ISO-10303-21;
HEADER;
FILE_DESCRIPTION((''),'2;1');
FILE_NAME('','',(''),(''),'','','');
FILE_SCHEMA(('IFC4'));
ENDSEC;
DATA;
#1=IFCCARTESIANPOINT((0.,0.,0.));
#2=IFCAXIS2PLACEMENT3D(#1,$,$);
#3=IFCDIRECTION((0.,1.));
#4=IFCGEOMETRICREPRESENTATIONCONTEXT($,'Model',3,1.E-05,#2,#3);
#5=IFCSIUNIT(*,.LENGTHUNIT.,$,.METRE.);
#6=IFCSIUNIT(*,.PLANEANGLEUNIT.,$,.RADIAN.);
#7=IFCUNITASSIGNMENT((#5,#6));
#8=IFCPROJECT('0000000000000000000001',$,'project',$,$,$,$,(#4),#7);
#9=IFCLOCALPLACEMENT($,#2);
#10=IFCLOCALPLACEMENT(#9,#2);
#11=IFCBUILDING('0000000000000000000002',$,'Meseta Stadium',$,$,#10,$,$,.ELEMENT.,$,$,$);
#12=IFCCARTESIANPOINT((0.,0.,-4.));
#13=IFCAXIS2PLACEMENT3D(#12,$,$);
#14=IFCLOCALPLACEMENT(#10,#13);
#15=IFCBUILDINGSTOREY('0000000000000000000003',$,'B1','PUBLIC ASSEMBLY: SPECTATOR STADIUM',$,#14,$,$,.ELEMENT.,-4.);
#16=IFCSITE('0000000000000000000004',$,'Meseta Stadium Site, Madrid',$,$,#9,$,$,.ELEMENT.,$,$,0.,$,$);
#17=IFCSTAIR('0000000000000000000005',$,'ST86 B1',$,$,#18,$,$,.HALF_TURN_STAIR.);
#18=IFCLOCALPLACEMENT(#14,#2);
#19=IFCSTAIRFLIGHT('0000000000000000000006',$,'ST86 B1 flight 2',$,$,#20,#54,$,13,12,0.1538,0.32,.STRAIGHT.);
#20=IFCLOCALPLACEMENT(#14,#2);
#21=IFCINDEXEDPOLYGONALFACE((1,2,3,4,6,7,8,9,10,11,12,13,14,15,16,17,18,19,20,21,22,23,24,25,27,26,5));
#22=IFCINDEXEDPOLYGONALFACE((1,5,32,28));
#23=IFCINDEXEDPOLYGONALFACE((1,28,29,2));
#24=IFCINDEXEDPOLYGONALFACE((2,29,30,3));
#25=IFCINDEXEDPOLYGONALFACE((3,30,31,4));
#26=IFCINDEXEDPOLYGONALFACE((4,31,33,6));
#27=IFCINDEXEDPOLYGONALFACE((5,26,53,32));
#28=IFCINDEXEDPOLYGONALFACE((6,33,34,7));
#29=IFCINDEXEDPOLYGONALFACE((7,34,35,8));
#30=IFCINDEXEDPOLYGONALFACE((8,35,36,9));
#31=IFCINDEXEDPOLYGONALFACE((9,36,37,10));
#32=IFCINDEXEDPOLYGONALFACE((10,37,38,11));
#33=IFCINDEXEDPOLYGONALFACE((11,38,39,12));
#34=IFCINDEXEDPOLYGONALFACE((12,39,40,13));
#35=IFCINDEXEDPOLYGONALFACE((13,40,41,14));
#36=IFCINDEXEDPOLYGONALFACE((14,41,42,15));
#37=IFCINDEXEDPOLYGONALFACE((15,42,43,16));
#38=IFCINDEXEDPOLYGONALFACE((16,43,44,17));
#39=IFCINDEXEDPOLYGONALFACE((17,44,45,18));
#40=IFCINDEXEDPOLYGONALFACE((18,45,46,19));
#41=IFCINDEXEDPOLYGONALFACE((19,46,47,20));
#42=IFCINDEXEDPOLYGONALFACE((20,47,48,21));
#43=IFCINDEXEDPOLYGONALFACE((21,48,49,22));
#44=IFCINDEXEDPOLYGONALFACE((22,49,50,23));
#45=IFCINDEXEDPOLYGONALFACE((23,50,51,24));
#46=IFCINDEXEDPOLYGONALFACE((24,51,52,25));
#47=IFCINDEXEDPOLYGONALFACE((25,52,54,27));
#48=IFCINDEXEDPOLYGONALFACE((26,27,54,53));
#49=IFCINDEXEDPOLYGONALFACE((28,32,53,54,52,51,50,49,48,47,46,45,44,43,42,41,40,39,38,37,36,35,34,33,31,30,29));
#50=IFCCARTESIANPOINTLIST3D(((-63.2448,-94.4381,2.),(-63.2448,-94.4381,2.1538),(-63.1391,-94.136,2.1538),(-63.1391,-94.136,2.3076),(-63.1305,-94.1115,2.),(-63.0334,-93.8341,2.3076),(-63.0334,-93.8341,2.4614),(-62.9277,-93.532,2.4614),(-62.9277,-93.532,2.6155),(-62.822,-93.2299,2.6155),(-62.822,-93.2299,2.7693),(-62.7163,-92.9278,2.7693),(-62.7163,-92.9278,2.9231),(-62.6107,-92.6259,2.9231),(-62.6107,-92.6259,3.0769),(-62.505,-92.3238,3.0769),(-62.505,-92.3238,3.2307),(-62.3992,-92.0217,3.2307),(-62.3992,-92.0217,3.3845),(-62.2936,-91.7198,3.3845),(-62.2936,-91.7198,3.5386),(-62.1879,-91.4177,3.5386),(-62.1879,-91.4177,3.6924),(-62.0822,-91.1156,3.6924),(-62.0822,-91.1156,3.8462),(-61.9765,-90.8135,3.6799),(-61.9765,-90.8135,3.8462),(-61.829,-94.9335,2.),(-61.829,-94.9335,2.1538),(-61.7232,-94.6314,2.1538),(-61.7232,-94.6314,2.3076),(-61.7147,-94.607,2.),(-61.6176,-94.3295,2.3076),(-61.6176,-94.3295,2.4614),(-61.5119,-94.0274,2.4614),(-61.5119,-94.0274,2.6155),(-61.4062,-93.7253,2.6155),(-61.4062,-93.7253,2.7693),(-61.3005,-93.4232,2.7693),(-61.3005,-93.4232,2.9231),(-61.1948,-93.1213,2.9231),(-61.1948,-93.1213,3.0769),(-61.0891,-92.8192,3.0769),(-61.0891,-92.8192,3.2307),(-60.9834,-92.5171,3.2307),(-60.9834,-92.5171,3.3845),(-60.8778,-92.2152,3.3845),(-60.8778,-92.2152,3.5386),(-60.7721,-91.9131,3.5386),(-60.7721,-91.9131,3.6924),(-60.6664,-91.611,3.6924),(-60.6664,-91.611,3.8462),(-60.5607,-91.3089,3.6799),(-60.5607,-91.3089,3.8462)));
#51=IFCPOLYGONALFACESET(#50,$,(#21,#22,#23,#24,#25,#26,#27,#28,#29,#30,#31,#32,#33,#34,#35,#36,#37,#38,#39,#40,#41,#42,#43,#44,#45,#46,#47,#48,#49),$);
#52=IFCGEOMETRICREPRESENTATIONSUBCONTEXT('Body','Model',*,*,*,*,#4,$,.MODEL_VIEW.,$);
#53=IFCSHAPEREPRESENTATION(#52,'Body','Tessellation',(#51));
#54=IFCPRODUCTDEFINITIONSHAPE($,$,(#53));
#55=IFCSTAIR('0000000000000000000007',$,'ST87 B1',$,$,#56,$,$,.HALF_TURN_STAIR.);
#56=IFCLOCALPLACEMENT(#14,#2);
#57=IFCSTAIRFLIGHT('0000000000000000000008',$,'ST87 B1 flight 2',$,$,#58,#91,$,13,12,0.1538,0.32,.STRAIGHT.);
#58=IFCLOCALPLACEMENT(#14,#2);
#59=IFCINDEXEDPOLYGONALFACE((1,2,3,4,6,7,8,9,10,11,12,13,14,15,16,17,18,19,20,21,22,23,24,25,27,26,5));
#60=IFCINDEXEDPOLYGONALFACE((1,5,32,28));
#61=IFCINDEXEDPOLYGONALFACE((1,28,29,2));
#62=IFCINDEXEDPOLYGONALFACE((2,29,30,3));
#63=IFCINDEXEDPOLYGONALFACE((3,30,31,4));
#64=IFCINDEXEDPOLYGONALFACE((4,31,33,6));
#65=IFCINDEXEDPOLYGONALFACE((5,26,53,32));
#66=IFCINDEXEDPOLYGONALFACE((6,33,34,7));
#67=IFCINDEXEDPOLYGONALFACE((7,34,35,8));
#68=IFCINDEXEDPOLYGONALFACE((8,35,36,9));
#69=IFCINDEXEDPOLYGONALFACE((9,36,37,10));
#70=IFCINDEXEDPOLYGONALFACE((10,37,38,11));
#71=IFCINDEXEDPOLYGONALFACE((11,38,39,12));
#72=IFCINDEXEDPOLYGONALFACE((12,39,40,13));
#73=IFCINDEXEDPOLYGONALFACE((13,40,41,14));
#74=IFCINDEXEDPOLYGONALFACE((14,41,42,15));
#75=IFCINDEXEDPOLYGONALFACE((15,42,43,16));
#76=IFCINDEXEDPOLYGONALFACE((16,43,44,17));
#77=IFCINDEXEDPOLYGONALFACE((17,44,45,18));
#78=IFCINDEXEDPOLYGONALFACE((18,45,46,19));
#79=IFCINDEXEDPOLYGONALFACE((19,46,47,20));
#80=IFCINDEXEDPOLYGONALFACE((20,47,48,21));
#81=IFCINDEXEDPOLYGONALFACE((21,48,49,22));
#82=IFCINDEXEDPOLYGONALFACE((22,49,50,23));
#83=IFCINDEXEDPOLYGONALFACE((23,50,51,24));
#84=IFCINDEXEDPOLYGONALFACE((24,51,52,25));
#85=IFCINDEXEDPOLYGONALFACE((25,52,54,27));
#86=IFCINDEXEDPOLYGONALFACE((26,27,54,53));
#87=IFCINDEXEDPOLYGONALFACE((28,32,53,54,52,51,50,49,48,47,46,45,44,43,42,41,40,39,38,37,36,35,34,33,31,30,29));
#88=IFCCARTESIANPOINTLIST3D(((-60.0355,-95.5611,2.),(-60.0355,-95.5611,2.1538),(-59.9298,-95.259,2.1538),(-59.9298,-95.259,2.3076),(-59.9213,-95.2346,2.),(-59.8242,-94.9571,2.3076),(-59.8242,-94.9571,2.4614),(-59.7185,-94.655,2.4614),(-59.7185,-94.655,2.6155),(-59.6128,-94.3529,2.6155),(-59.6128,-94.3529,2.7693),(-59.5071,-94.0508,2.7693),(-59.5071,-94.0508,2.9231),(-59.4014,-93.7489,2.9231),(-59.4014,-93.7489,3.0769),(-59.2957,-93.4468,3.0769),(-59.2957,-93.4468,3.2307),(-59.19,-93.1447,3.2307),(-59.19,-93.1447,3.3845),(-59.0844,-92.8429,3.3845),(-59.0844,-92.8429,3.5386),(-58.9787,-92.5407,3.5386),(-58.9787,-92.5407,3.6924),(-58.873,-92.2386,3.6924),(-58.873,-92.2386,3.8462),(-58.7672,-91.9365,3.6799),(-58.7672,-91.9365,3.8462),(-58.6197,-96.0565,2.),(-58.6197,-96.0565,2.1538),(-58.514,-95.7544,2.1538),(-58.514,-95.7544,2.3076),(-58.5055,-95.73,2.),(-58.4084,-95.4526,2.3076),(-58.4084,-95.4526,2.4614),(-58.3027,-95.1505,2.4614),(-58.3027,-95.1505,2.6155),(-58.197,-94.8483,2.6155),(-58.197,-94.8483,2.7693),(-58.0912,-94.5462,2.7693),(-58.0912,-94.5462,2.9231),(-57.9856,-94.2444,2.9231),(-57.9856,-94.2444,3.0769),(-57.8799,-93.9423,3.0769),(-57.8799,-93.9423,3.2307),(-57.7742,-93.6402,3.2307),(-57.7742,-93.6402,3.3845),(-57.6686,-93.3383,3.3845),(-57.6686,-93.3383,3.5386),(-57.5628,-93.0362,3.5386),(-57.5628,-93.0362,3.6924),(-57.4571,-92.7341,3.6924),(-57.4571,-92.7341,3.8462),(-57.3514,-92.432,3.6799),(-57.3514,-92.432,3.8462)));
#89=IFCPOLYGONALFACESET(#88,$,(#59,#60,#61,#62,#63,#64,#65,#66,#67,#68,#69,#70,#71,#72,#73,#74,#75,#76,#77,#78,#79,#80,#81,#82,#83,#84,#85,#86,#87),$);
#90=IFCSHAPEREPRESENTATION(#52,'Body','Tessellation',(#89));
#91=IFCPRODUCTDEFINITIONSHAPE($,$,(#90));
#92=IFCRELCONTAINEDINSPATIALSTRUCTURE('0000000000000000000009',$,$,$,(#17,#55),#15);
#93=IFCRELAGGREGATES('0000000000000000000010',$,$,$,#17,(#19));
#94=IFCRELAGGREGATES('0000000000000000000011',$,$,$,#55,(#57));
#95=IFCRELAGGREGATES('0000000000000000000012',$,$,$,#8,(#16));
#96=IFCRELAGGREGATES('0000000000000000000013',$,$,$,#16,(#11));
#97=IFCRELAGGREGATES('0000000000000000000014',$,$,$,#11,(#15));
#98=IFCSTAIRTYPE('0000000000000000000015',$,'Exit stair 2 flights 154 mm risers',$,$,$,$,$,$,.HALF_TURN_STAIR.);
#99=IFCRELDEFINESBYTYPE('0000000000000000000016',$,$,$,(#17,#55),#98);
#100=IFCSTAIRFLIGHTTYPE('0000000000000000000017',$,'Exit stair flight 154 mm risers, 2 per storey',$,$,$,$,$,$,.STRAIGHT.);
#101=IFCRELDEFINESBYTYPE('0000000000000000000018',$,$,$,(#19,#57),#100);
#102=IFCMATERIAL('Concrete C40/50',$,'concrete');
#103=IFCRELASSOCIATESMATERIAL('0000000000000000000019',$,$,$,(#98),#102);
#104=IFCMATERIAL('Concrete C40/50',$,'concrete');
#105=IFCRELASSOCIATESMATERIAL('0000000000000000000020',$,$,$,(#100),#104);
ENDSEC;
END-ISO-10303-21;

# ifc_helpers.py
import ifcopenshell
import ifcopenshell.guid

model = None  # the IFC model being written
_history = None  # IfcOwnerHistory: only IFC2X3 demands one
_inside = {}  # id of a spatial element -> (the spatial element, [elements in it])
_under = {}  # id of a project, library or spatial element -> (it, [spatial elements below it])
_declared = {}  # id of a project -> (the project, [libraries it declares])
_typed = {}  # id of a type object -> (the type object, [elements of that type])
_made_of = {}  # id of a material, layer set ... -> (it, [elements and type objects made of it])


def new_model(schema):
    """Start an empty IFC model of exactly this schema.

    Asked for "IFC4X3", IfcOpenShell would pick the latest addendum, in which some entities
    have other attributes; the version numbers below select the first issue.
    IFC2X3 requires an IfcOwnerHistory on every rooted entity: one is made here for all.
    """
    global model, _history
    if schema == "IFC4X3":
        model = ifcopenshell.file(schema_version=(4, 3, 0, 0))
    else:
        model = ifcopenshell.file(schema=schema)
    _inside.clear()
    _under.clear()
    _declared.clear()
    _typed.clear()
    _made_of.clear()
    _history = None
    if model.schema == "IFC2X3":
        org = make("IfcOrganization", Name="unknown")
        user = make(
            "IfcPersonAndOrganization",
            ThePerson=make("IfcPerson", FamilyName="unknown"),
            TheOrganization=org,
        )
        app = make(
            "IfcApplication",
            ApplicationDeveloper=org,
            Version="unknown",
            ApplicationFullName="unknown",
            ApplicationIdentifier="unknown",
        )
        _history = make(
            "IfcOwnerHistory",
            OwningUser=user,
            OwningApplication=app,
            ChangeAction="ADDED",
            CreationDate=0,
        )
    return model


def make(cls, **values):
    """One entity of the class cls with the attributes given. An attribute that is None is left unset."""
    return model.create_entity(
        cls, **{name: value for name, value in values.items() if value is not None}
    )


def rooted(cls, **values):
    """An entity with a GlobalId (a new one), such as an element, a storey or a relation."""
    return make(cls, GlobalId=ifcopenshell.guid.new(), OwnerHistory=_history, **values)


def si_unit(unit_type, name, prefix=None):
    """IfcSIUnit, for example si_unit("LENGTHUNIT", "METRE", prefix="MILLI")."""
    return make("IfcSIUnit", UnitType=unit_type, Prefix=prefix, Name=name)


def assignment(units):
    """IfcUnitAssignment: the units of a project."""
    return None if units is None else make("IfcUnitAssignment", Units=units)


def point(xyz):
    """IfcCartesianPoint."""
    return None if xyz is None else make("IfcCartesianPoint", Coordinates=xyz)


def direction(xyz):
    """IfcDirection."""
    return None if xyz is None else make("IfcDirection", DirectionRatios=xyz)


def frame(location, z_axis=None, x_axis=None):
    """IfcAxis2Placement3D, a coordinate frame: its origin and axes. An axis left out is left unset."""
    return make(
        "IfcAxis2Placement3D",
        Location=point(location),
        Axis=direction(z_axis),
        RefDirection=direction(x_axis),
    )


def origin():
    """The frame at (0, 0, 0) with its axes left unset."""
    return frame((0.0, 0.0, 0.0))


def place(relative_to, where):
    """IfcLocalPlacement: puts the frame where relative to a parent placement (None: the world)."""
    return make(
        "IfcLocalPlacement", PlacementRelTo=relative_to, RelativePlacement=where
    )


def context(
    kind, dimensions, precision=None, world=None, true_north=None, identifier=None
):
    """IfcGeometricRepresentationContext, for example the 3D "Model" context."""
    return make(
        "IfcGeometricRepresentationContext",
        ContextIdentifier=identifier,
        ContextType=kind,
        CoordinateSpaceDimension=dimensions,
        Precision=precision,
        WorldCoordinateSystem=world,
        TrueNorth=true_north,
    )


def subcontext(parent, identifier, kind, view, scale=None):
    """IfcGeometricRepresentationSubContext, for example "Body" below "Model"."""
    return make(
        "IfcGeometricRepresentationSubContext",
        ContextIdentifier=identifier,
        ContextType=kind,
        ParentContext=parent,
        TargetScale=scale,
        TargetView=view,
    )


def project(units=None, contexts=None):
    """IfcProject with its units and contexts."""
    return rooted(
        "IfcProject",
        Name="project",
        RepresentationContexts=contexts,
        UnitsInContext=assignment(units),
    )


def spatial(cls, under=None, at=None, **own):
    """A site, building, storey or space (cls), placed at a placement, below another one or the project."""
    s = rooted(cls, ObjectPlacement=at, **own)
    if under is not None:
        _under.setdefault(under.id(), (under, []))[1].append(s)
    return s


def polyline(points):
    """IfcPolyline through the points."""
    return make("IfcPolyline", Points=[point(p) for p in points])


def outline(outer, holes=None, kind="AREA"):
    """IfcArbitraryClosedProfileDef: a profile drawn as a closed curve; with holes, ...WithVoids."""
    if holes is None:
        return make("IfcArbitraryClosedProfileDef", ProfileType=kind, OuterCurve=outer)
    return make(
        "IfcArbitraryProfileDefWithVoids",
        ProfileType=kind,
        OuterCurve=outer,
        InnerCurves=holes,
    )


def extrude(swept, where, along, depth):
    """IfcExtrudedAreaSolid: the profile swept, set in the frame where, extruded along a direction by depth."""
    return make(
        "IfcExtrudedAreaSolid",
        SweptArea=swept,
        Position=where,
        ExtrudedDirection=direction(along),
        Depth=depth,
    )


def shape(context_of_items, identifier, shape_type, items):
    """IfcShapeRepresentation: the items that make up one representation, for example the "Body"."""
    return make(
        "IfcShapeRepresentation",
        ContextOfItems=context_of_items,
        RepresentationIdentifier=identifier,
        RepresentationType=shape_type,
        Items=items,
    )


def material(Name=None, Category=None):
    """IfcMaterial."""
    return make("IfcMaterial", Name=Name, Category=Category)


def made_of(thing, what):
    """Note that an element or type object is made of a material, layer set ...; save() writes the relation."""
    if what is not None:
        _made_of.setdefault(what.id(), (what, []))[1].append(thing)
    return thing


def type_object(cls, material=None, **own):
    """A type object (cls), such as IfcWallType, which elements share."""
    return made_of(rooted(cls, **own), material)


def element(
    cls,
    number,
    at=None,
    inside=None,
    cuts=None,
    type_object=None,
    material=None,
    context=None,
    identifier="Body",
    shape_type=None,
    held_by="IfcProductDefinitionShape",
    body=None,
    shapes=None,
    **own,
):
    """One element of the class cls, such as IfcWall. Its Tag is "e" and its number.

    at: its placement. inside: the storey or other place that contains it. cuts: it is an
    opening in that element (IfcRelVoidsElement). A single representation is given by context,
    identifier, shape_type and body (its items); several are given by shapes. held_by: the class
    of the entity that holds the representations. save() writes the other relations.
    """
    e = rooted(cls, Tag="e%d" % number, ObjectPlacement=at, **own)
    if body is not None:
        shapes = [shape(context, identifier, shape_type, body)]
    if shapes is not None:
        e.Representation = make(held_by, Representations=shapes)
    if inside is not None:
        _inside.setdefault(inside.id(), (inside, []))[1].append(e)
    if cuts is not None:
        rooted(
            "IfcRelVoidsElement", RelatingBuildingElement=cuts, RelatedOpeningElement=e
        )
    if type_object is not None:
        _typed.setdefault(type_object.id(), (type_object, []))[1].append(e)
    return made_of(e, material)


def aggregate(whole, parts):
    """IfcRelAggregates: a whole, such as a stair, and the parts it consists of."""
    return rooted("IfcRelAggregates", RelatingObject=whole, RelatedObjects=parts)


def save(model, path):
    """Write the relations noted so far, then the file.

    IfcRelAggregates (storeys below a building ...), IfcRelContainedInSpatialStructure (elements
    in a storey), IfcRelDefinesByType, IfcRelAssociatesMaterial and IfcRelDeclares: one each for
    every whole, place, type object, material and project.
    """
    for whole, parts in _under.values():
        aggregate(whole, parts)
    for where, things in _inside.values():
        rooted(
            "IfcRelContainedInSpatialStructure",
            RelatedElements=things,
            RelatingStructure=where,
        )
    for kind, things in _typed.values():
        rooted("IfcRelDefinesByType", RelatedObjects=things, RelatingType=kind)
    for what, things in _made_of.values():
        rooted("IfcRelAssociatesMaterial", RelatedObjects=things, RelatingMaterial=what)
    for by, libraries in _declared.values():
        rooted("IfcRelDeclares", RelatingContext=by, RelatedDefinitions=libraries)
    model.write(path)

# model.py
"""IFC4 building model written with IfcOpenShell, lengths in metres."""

from ifc_helpers import new_model, si_unit, direction, frame, origin, place, context, subcontext, project, spatial, polyline, outline, extrude, material, type_object, element, aggregate, save


model = new_model("IFC4")

# Units and contexts
model_context = context("Model", 3, precision=1e-05, world=origin(), true_north=direction((0.0, 1.0)))
body_context = subcontext(model_context, "Body", "Model", "MODEL_VIEW")
ifc_project = project(units=[si_unit("LENGTHUNIT", "METRE"), si_unit("PLANEANGLEUNIT", "RADIAN")], contexts=[model_context])

# Site, building, storey
site_placement = place(None, origin())
site = spatial("IfcSite", under=ifc_project, at=site_placement, Name="Meseta Stadium Site, Madrid", CompositionType="ELEMENT", RefElevation=0.0)
building_placement = place(site_placement, origin())
building = spatial("IfcBuilding", under=site, at=building_placement, Name="Meseta Stadium", CompositionType="ELEMENT")
storey_placement = place(building_placement, frame((0.0, 0.0, -4.0)))
storey = spatial("IfcBuildingStorey", under=building, at=storey_placement, Name="B1", Description="PUBLIC ASSEMBLY: SPECTATOR STADIUM", CompositionType="ELEMENT", Elevation=-4.0)

# Stairs, stair flights
ifc_material_1 = material(Name="Concrete C40/50", Category="concrete")
stair_type = type_object("IfcStairType", Name="Exit stair 2 flights 154 mm risers", PredefinedType="HALF_TURN_STAIR", material=ifc_material_1)
stair_1_placement = place(storey_placement, origin())
stair_1 = element("IfcStair", 1, at=stair_1_placement, inside=storey, type_object=stair_type, Name="ST86 B1", PredefinedType="HALF_TURN_STAIR")
ifc_material_2 = material(Name="Concrete C40/50", Category="concrete")
stair_flight_type = type_object("IfcStairFlightType", Name="Exit stair flight 154 mm risers, 2 per storey", PredefinedType="STRAIGHT", material=ifc_material_2)
stair_flight_1_placement = place(storey_placement, frame((-62.5369, -94.6858, 2.0), z_axis=(0.0, 0.0, 1.0), x_axis=(0.330279, 0.943883, 0.0)))
stair_flight_1 = element("IfcStairFlight", 2, at=stair_flight_1_placement, type_object=stair_flight_type, Name="ST86 B1 flight 2", NumberOfRisers=13, NumberOfTreads=12, PredefinedType="STRAIGHT", RiserHeight=0.1538, TreadLength=0.32, context=body_context, shape_type="SweptSolid", body=[
    extrude(outline(polyline([(0.0, 0.0), (0.0, 0.1538), (0.3201, 0.1538), (0.3201, 0.3076), (0.6399, 0.3076), (0.6399, 0.4614), (0.96, 0.4614), (0.96, 0.6155), (1.28, 0.6155), (1.28, 0.7693), (1.6001, 0.7693), (1.6001, 0.9231), (1.9199, 0.9231), (1.9199, 1.0769), (2.24, 1.0769), (2.24, 1.2307), (2.5601, 1.2307), (2.5601, 1.3845), (2.8799, 1.3845), (2.8799, 1.5386), (3.2, 1.5386), (3.2, 1.6924), (3.52, 1.6924), (3.52, 1.8462), (3.8401, 1.8462), (3.8401, 1.6799), (0.3459, 0.0), (0.0, 0.0)])), frame((0.0, 0.75, 0.0), z_axis=(0.0, -1.0, 0.0), x_axis=(1.0, 0.0, 0.0)), (0.0, 0.0, 1.0), 1.5),
])
aggregate(stair_1, [stair_flight_1])
stair_2_placement = place(storey_placement, origin())
stair_2 = element("IfcStair", 3, at=stair_2_placement, inside=storey, type_object=stair_type, Name="ST87 B1", PredefinedType="HALF_TURN_STAIR")
stair_flight_2_placement = place(storey_placement, frame((-59.3276, -95.8088, 2.0), z_axis=(0.0, 0.0, 1.0), x_axis=(0.330279, 0.943883, 0.0)))
stair_flight_2 = element("IfcStairFlight", 4, at=stair_flight_2_placement, type_object=stair_flight_type, Name="ST87 B1 flight 2", NumberOfRisers=13, NumberOfTreads=12, PredefinedType="STRAIGHT", RiserHeight=0.1538, TreadLength=0.32, context=body_context, shape_type="SweptSolid", body=[
    extrude(outline(polyline([(0.0, 0.0), (0.0, 0.1538), (0.3201, 0.1538), (0.3201, 0.3076), (0.6399, 0.3076), (0.6399, 0.4614), (0.96, 0.4614), (0.96, 0.6155), (1.28, 0.6155), (1.28, 0.7693), (1.6001, 0.7693), (1.6001, 0.9231), (1.9199, 0.9231), (1.9199, 1.0769), (2.24, 1.0769), (2.24, 1.2307), (2.5601, 1.2307), (2.5601, 1.3845), (2.8799, 1.3845), (2.8799, 1.5386), (3.2, 1.5386), (3.2, 1.6924), (3.52, 1.6924), (3.52, 1.8462), (3.8401, 1.8462), (3.8401, 1.6799), (0.3459, 0.0), (0.0, 0.0)])), frame((0.0, 0.75, 0.0), z_axis=(0.0, -1.0, 0.0), x_axis=(1.0, 0.0, 0.0)), (0.0, 0.0, 1.0), 1.5),
])
aggregate(stair_2, [stair_flight_2])

save(model, "model.ifc")
